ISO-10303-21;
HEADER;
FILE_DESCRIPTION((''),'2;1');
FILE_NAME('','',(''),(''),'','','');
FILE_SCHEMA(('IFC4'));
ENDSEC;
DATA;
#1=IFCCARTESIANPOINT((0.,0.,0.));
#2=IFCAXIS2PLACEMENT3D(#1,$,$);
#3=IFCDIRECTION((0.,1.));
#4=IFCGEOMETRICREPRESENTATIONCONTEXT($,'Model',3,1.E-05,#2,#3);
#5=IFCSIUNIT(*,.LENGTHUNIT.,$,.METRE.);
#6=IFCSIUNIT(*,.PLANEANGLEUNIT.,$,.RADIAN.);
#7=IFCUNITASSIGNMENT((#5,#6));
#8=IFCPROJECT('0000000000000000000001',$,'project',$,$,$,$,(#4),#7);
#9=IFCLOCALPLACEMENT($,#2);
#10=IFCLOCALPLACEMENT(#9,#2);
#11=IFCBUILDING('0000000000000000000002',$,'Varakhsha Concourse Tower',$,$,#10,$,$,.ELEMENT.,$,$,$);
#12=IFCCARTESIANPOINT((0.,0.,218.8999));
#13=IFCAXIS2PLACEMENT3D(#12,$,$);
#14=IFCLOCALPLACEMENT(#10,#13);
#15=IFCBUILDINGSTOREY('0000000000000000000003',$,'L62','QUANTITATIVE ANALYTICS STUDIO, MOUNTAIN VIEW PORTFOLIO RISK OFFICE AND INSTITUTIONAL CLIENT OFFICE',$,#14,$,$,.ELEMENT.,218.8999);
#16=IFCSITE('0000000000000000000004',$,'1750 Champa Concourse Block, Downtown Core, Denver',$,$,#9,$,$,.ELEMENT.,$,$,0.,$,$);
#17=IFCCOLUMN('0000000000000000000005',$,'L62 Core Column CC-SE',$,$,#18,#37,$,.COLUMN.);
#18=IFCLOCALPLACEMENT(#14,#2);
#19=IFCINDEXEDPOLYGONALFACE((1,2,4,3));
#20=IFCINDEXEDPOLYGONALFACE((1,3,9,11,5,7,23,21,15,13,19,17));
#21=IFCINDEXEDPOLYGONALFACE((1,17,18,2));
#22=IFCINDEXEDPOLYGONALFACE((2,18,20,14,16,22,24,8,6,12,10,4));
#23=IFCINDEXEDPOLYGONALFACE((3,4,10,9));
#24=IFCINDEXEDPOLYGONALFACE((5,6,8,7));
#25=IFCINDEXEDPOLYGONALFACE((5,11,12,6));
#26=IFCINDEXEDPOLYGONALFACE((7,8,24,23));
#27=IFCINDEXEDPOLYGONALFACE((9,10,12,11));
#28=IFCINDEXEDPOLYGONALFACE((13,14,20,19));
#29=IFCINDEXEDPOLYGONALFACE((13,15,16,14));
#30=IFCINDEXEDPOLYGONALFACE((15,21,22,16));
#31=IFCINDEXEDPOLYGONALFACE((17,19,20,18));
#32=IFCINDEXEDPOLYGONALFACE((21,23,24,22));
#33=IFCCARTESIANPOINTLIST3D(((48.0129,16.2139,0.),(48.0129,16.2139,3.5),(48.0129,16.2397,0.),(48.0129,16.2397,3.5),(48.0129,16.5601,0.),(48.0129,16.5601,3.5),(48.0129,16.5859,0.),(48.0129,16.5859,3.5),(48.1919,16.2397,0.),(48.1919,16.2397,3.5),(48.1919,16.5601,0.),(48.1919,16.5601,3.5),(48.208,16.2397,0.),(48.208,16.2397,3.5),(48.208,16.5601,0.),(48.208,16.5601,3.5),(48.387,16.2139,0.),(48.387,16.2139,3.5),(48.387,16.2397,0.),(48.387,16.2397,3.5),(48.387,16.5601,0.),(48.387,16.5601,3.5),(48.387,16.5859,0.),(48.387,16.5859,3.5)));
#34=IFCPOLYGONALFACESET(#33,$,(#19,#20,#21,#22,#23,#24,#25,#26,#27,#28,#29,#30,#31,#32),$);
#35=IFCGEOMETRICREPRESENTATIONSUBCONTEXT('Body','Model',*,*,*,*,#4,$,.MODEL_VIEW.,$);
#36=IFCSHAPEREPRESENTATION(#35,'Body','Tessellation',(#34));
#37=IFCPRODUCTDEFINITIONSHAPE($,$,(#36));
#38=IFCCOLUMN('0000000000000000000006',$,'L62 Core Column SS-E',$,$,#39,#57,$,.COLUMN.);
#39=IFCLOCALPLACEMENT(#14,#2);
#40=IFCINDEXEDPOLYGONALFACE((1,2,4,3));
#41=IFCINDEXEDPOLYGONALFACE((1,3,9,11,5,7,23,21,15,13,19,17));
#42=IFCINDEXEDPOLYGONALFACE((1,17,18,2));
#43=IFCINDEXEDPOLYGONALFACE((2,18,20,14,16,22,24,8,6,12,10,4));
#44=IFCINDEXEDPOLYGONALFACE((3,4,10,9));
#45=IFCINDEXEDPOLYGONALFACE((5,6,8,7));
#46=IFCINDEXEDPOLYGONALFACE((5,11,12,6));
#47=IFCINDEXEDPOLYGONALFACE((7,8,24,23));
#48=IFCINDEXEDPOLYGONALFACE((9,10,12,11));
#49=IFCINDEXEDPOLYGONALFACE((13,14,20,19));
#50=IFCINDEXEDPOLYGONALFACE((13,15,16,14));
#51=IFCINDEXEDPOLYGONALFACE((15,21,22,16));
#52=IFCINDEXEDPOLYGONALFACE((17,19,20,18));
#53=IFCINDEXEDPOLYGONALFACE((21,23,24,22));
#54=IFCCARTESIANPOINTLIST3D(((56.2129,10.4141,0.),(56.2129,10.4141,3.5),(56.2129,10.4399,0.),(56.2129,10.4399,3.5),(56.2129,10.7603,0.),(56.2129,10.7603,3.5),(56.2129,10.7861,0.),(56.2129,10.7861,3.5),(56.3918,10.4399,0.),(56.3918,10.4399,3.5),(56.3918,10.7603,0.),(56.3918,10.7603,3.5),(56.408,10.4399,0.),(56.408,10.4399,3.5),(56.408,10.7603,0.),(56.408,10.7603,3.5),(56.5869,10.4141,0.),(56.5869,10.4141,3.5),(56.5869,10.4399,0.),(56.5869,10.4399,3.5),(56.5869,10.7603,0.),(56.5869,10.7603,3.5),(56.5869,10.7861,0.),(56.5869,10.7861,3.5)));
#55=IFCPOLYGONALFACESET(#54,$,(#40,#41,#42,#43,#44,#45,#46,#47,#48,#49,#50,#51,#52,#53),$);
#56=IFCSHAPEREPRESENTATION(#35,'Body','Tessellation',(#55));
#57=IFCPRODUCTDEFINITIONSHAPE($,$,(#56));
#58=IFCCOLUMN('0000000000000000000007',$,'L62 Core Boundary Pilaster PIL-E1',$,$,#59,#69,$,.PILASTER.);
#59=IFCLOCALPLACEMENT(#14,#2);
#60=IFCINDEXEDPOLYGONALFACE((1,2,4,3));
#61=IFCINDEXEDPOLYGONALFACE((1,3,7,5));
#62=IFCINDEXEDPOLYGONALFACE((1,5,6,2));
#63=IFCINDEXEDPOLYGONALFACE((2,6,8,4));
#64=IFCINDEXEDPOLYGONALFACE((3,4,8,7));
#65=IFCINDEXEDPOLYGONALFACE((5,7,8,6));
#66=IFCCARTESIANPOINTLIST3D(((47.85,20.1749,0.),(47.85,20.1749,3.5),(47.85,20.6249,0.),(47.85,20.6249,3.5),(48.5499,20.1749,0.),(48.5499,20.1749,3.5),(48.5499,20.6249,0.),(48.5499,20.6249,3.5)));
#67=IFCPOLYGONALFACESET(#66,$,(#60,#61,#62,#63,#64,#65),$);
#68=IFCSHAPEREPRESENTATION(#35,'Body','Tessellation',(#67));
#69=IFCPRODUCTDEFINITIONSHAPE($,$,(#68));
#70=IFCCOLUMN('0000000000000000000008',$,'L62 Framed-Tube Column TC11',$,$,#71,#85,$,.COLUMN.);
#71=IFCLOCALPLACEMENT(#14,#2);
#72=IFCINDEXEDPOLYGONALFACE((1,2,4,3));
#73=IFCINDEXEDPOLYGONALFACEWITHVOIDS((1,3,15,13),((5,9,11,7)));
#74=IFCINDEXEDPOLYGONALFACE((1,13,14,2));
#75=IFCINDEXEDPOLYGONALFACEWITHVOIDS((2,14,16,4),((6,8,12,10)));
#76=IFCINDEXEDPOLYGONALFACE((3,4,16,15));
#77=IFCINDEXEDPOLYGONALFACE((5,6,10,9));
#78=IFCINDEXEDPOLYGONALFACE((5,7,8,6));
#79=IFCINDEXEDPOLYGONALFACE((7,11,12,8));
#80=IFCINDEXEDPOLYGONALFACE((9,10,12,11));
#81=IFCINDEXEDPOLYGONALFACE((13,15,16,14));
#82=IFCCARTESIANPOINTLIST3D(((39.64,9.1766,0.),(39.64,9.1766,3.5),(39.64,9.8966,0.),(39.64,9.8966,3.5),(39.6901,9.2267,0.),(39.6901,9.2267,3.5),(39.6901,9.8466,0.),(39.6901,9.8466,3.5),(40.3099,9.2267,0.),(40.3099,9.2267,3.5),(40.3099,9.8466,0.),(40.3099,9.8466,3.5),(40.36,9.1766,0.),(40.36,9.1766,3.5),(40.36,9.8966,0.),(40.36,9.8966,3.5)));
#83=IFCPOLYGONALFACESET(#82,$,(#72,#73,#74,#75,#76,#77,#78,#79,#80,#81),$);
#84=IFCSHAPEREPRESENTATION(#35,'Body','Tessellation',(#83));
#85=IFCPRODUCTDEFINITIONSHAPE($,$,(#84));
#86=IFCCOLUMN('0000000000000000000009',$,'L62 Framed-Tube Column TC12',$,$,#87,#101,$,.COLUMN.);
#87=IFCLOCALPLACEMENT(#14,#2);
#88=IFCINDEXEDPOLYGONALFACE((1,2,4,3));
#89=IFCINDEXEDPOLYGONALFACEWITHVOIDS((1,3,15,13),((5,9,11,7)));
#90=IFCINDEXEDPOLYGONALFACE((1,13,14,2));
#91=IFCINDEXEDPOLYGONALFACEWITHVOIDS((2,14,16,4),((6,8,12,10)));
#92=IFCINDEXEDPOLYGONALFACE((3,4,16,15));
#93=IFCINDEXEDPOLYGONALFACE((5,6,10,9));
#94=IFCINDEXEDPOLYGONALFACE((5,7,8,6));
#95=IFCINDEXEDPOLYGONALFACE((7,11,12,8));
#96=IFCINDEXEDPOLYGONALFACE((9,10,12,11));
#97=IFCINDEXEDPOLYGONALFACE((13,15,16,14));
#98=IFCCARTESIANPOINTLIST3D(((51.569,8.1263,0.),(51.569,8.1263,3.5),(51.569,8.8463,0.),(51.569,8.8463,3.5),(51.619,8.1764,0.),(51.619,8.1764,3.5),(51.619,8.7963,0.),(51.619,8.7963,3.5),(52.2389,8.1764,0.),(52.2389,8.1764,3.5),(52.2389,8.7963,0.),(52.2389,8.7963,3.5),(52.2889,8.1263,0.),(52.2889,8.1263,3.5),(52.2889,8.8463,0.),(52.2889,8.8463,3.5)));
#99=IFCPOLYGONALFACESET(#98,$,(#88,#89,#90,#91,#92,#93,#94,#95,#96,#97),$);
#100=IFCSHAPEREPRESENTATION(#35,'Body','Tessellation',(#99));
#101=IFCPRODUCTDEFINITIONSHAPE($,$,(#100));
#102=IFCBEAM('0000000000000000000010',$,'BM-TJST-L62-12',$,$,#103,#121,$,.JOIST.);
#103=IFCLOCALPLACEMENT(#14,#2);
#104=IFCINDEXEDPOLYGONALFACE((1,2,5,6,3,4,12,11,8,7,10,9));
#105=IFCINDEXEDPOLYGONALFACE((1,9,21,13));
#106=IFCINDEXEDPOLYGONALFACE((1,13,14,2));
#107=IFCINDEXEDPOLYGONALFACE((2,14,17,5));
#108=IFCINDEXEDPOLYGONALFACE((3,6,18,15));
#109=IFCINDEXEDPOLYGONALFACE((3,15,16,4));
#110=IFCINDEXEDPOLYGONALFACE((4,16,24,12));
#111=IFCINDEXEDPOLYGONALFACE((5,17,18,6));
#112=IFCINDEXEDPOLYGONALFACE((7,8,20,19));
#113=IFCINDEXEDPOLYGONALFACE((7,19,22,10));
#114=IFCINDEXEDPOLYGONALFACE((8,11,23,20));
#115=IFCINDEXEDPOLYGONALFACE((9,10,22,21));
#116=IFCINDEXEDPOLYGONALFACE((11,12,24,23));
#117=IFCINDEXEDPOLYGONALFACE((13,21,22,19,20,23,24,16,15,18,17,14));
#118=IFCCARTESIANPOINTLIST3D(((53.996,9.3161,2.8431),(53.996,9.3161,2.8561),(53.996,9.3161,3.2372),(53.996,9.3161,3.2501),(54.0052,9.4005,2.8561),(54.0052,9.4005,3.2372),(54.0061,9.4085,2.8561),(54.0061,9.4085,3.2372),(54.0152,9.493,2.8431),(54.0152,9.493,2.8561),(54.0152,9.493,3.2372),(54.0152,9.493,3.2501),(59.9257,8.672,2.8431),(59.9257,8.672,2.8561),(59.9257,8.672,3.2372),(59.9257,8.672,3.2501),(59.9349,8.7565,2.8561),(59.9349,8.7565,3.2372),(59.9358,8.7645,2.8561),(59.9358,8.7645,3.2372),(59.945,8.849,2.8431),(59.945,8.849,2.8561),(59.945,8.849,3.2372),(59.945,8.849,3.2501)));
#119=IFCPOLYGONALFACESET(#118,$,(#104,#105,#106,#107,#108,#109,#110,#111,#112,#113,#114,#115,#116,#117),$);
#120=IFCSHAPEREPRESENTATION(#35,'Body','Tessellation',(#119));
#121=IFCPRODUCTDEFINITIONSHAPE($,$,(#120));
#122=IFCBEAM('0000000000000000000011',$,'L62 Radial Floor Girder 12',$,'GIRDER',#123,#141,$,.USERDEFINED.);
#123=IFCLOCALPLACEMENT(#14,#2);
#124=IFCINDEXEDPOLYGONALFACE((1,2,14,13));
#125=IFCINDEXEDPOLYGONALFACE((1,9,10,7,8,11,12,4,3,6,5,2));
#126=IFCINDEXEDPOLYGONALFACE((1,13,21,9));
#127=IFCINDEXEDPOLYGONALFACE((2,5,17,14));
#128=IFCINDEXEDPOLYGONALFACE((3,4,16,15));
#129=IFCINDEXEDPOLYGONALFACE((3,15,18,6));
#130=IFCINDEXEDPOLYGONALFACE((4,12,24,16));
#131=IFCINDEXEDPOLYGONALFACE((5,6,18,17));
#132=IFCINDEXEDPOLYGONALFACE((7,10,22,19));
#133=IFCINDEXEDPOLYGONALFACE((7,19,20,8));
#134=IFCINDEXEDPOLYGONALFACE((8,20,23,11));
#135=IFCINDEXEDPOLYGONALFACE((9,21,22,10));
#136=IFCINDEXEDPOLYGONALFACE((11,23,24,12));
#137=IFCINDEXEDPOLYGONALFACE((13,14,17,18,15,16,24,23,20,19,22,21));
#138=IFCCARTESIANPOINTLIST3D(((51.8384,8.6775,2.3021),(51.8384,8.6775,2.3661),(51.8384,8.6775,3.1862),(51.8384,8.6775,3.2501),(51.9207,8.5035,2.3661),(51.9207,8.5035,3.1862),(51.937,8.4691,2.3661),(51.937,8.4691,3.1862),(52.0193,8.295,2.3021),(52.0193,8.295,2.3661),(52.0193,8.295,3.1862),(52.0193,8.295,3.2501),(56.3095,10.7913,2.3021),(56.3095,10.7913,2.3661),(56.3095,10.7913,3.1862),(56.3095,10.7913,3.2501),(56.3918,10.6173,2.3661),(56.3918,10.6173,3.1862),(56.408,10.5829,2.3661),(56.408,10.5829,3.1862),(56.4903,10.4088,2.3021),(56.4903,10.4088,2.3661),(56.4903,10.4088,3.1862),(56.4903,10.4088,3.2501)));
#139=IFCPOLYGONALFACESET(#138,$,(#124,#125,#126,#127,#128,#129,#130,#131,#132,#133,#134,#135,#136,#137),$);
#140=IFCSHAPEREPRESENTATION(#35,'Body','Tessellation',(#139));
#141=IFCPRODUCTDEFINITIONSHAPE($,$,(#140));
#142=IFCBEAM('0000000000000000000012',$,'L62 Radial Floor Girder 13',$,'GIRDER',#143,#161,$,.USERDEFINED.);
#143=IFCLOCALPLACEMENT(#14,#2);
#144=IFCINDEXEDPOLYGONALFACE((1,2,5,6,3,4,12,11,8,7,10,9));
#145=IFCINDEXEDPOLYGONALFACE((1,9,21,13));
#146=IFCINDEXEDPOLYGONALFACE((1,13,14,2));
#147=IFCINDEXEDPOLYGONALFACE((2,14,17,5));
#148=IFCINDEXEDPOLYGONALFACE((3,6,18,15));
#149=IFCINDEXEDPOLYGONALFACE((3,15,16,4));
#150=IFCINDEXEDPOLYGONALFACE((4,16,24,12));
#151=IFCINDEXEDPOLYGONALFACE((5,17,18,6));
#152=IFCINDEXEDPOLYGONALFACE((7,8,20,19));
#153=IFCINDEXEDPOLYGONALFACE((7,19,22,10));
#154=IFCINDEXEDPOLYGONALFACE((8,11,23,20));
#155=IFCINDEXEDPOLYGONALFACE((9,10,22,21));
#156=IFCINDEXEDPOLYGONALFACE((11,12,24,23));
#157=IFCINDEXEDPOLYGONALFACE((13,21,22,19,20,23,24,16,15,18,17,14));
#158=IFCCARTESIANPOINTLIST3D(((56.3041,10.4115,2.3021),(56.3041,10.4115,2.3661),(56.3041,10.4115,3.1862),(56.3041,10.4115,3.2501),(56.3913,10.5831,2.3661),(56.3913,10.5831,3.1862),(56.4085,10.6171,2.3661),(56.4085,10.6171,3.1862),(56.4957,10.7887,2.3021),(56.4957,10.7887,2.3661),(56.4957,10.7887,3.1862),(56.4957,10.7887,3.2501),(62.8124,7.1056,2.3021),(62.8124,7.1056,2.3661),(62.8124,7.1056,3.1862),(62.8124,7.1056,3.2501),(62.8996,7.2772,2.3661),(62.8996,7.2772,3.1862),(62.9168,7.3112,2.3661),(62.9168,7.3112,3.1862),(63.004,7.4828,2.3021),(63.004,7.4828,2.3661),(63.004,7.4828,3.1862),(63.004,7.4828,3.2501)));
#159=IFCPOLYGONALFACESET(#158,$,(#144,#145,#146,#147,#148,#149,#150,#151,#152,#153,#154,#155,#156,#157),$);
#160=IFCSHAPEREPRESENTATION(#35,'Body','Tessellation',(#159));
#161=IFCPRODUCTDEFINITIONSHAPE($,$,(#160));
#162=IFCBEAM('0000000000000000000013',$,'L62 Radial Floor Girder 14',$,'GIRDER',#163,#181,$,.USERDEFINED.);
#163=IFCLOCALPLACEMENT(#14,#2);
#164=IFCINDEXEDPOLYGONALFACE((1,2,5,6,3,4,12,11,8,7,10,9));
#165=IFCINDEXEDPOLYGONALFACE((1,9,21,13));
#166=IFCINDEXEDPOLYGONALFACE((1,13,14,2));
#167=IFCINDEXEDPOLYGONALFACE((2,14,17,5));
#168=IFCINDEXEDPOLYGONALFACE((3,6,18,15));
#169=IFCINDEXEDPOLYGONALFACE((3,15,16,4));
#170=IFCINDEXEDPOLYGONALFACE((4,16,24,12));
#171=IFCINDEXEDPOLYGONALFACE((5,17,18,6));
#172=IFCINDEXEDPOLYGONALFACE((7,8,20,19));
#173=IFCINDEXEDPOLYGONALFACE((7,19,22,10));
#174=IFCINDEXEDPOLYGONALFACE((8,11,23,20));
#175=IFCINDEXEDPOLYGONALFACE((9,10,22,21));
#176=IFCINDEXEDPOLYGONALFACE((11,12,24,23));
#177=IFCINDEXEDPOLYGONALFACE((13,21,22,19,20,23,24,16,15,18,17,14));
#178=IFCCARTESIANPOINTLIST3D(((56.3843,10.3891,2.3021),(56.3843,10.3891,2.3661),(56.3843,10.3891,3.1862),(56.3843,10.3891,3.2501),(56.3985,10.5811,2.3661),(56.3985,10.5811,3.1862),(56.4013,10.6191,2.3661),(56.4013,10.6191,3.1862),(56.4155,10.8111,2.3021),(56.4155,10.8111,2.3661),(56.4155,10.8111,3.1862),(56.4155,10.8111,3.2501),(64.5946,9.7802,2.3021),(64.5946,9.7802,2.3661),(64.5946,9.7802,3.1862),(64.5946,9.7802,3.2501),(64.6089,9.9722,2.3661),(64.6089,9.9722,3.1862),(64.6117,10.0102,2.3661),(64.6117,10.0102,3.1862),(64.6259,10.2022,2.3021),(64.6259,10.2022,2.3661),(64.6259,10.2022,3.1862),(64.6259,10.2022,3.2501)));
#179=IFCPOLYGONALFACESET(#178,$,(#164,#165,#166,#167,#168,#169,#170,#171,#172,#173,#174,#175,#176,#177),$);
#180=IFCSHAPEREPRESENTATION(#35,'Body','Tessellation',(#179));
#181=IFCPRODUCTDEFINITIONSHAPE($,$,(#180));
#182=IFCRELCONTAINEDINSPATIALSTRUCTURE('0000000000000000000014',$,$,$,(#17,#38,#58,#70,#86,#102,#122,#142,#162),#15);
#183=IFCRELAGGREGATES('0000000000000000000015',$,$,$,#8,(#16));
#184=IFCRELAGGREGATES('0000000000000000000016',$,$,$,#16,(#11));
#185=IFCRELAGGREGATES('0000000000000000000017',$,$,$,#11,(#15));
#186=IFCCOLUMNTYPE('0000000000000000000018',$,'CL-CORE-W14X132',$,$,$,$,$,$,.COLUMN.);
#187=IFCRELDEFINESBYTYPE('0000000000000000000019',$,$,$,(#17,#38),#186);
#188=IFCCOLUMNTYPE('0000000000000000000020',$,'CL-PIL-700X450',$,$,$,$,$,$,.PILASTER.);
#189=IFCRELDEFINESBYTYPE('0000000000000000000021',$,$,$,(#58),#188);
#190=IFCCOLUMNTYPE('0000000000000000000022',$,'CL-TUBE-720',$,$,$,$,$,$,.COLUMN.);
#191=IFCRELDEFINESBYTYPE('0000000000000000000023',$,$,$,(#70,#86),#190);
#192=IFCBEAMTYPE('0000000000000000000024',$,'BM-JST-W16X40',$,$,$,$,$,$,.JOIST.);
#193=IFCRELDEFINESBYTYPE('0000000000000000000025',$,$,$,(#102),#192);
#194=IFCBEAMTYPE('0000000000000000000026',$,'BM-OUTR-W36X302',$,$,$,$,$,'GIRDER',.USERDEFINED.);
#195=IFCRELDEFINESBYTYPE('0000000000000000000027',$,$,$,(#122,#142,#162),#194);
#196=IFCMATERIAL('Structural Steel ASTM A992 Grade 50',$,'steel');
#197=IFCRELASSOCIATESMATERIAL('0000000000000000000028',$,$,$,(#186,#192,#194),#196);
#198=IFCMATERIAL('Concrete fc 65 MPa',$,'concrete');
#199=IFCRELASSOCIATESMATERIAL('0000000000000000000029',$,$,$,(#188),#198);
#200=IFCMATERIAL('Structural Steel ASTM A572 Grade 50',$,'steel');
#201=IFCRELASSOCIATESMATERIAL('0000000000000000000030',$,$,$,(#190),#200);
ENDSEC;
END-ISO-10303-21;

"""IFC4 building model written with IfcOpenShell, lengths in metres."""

from ifc_helpers import new_model, si_unit, direction, frame, origin, origin_2d, place, context, subcontext, project, spatial, rectangle, hollow_rectangle, i_section, extrude, material, material_profile, profile_set, type_object, element, save


model = new_model("IFC4")

# Units and contexts
model_context = context("Model", 3, precision=1e-05, world=origin(), true_north=direction((0.0, 1.0)))
body_context = subcontext(model_context, "Body", "Model", "MODEL_VIEW")
ifc_project = project(units=[si_unit("LENGTHUNIT", "METRE"), si_unit("PLANEANGLEUNIT", "RADIAN")], contexts=[model_context])

# Site, building, storey
site_placement = place(None, origin())
site = spatial("IfcSite", under=ifc_project, at=site_placement, Name="1750 Champa Concourse Block, Downtown Core, Denver", CompositionType="ELEMENT", RefElevation=0.0)
building_placement = place(site_placement, origin())
building = spatial("IfcBuilding", under=site, at=building_placement, Name="Varakhsha Concourse Tower", CompositionType="ELEMENT")
storey_placement = place(building_placement, frame((0.0, 0.0, 218.8999)))
storey = spatial("IfcBuildingStorey", under=building, at=storey_placement, Name="L62", Description="QUANTITATIVE ANALYTICS STUDIO, MOUNTAIN VIEW PORTFOLIO RISK OFFICE AND INSTITUTIONAL CLIENT OFFICE", CompositionType="ELEMENT", Elevation=218.8999)

# Columns
ifc_material_1 = material(Name="Structural Steel ASTM A992 Grade 50", Category="steel")
ifc_material_profile_1 = material_profile(ifc_material_1, i_section(OverallWidth=0.374, OverallDepth=0.3721, WebThickness=0.0161, FlangeThickness=0.0259, at=origin_2d()), Name="W14X132")
ifc_profile_set_1 = profile_set([ifc_material_profile_1], Name="Structural Steel ASTM A992 Grade 50")
column_type_1 = type_object("IfcColumnType", Name="CL-CORE-W14X132", PredefinedType="COLUMN", material=ifc_profile_set_1)
for number, where, z_axis, x_axis, name in (
    (1, (48.2, 16.3999, 0.0), (0.0, 0.0, 1.0), (1.0, 0.0, 0.0), "L62 Core Column CC-SE"),
    (2, (56.3999, 10.6001, 0.0), (0.0, 0.0, 1.0), (1.0, 0.0, 0.0), "L62 Core Column SS-E"),
):
    element("IfcColumn", number, at=place(storey_placement, frame(where, z_axis=z_axis, x_axis=x_axis)), inside=storey, type_object=column_type_1, Name=name, PredefinedType="COLUMN", context=body_context, shape_type="SweptSolid", body=[
        extrude(i_section(OverallWidth=0.374, OverallDepth=0.3721, WebThickness=0.0161, FlangeThickness=0.0259, at=origin_2d()), origin(), (0.0, 0.0, 1.0), 3.5),
    ])
ifc_material_2 = material(Name="Concrete fc 65 MPa", Category="concrete")
ifc_material_profile_2 = material_profile(ifc_material_2, rectangle(XDim=0.7, YDim=0.45, at=origin_2d()), Name="RC 700x450")
ifc_profile_set_2 = profile_set([ifc_material_profile_2], Name="Concrete fc 65 MPa")
column_type_2 = type_object("IfcColumnType", Name="CL-PIL-700X450", PredefinedType="PILASTER", material=ifc_profile_set_2)
column_placement = place(storey_placement, frame((48.2, 20.3999, 0.0), z_axis=(0.0, 0.0, 1.0), x_axis=(1.0, 0.0, 0.0)))
element("IfcColumn", 3, at=column_placement, inside=storey, type_object=column_type_2, Name="L62 Core Boundary Pilaster PIL-E1", PredefinedType="PILASTER", context=body_context, shape_type="SweptSolid", body=[
    extrude(rectangle(XDim=0.7, YDim=0.45, at=origin_2d()), origin(), (0.0, 0.0, 1.0), 3.5),
])
ifc_material_3 = material(Name="Structural Steel ASTM A572 Grade 50", Category="steel")
ifc_material_profile_3 = material_profile(ifc_material_3, hollow_rectangle(XDim=0.72, YDim=0.72, WallThickness=0.05, at=origin_2d()), Name="BOX 720x720x50")
ifc_profile_set_3 = profile_set([ifc_material_profile_3], Name="Structural Steel ASTM A572 Grade 50")
column_type_3 = type_object("IfcColumnType", Name="CL-TUBE-720", PredefinedType="COLUMN", material=ifc_profile_set_3)
for number, where, z_axis, x_axis, name in (
    (4, (40.0, 9.5366, 0.0), (0.0, 0.0, 1.0), (1.0, 0.0, 0.0), "L62 Framed-Tube Column TC11"),
    (5, (51.929, 8.4863, 0.0), (0.0, 0.0, 1.0), (1.0, 0.0, 0.0), "L62 Framed-Tube Column TC12"),
):
    element("IfcColumn", number, at=place(storey_placement, frame(where, z_axis=z_axis, x_axis=x_axis)), inside=storey, type_object=column_type_3, Name=name, PredefinedType="COLUMN", context=body_context, shape_type="SweptSolid", body=[
        extrude(hollow_rectangle(XDim=0.72, YDim=0.72, WallThickness=0.05, at=origin_2d()), origin(), (0.0, 0.0, 1.0), 3.5),
    ])

# Beams
ifc_material_profile_4 = material_profile(ifc_material_1, i_section(OverallWidth=0.178, OverallDepth=0.407, WebThickness=0.0081, FlangeThickness=0.0129, at=origin_2d()), Name="W16X40")
ifc_profile_set_4 = profile_set([ifc_material_profile_4], Name="Structural Steel ASTM A992 Grade 50")
beam_type_1 = type_object("IfcBeamType", Name="BM-JST-W16X40", PredefinedType="JOIST", material=ifc_profile_set_4)
beam_1_placement = place(storey_placement, frame((54.0056, 9.4045, 3.0466), z_axis=(0.994153, -0.107978, 0.0), x_axis=(0.107978, 0.994153, 0.0)))
element("IfcBeam", 6, at=beam_1_placement, inside=storey, type_object=beam_type_1, Name="BM-TJST-L62-12", PredefinedType="JOIST", context=body_context, shape_type="SweptSolid", body=[
    extrude(i_section(OverallWidth=0.178, OverallDepth=0.407, WebThickness=0.0081, FlangeThickness=0.0129, at=origin_2d()), origin(), (0.0, 0.0, 1.0), 5.9646),
])
ifc_material_profile_5 = material_profile(ifc_material_1, i_section(OverallWidth=0.4231, OverallDepth=0.948, WebThickness=0.0381, FlangeThickness=0.064, at=origin_2d()), Name="W36X302")
ifc_profile_set_5 = profile_set([ifc_material_profile_5], Name="Structural Steel ASTM A992 Grade 50")
beam_type_2 = type_object("IfcBeamType", Name="BM-OUTR-W36X302", ElementType="GIRDER", PredefinedType="USERDEFINED", material=ifc_profile_set_5)
beam_2_placement = place(storey_placement, frame((56.3999, 10.6001, 2.7761), z_axis=(-0.904054, -0.427418, 0.0), x_axis=(0.427418, -0.904054, 0.0)))
element("IfcBeam", 7, at=beam_2_placement, inside=storey, type_object=beam_type_2, Name="L62 Radial Floor Girder 12", ObjectType="GIRDER", PredefinedType="USERDEFINED", context=body_context, shape_type="SweptSolid", body=[
    extrude(i_section(OverallWidth=0.4231, OverallDepth=0.948, WebThickness=0.0381, FlangeThickness=0.064, at=origin_2d()), origin(), (0.0, 0.0, 1.0), 4.9456),
])
beam_3_placement = place(storey_placement, frame((56.3999, 10.6001, 2.7761), z_axis=(0.891573, -0.452877, 0.0), x_axis=(0.452877, 0.891573, 0.0)))
element("IfcBeam", 8, at=beam_3_placement, inside=storey, type_object=beam_type_2, Name="L62 Radial Floor Girder 13", ObjectType="GIRDER", PredefinedType="USERDEFINED", context=body_context, shape_type="SweptSolid", body=[
    extrude(i_section(OverallWidth=0.4231, OverallDepth=0.948, WebThickness=0.0381, FlangeThickness=0.064, at=origin_2d()), origin(), (0.0, 0.0, 1.0), 7.2998),
])
beam_4_placement = place(storey_placement, frame((56.3999, 10.6001, 2.7761), z_axis=(0.997261, -0.073957, 0.0), x_axis=(0.073957, 0.997261, 0.0)))
element("IfcBeam", 9, at=beam_4_placement, inside=storey, type_object=beam_type_2, Name="L62 Radial Floor Girder 14", ObjectType="GIRDER", PredefinedType="USERDEFINED", context=body_context, shape_type="SweptSolid", body=[
    extrude(i_section(OverallWidth=0.4231, OverallDepth=0.948, WebThickness=0.0381, FlangeThickness=0.064, at=origin_2d()), origin(), (0.0, 0.0, 1.0), 8.2329),
])

save(model, "model.ifc")
